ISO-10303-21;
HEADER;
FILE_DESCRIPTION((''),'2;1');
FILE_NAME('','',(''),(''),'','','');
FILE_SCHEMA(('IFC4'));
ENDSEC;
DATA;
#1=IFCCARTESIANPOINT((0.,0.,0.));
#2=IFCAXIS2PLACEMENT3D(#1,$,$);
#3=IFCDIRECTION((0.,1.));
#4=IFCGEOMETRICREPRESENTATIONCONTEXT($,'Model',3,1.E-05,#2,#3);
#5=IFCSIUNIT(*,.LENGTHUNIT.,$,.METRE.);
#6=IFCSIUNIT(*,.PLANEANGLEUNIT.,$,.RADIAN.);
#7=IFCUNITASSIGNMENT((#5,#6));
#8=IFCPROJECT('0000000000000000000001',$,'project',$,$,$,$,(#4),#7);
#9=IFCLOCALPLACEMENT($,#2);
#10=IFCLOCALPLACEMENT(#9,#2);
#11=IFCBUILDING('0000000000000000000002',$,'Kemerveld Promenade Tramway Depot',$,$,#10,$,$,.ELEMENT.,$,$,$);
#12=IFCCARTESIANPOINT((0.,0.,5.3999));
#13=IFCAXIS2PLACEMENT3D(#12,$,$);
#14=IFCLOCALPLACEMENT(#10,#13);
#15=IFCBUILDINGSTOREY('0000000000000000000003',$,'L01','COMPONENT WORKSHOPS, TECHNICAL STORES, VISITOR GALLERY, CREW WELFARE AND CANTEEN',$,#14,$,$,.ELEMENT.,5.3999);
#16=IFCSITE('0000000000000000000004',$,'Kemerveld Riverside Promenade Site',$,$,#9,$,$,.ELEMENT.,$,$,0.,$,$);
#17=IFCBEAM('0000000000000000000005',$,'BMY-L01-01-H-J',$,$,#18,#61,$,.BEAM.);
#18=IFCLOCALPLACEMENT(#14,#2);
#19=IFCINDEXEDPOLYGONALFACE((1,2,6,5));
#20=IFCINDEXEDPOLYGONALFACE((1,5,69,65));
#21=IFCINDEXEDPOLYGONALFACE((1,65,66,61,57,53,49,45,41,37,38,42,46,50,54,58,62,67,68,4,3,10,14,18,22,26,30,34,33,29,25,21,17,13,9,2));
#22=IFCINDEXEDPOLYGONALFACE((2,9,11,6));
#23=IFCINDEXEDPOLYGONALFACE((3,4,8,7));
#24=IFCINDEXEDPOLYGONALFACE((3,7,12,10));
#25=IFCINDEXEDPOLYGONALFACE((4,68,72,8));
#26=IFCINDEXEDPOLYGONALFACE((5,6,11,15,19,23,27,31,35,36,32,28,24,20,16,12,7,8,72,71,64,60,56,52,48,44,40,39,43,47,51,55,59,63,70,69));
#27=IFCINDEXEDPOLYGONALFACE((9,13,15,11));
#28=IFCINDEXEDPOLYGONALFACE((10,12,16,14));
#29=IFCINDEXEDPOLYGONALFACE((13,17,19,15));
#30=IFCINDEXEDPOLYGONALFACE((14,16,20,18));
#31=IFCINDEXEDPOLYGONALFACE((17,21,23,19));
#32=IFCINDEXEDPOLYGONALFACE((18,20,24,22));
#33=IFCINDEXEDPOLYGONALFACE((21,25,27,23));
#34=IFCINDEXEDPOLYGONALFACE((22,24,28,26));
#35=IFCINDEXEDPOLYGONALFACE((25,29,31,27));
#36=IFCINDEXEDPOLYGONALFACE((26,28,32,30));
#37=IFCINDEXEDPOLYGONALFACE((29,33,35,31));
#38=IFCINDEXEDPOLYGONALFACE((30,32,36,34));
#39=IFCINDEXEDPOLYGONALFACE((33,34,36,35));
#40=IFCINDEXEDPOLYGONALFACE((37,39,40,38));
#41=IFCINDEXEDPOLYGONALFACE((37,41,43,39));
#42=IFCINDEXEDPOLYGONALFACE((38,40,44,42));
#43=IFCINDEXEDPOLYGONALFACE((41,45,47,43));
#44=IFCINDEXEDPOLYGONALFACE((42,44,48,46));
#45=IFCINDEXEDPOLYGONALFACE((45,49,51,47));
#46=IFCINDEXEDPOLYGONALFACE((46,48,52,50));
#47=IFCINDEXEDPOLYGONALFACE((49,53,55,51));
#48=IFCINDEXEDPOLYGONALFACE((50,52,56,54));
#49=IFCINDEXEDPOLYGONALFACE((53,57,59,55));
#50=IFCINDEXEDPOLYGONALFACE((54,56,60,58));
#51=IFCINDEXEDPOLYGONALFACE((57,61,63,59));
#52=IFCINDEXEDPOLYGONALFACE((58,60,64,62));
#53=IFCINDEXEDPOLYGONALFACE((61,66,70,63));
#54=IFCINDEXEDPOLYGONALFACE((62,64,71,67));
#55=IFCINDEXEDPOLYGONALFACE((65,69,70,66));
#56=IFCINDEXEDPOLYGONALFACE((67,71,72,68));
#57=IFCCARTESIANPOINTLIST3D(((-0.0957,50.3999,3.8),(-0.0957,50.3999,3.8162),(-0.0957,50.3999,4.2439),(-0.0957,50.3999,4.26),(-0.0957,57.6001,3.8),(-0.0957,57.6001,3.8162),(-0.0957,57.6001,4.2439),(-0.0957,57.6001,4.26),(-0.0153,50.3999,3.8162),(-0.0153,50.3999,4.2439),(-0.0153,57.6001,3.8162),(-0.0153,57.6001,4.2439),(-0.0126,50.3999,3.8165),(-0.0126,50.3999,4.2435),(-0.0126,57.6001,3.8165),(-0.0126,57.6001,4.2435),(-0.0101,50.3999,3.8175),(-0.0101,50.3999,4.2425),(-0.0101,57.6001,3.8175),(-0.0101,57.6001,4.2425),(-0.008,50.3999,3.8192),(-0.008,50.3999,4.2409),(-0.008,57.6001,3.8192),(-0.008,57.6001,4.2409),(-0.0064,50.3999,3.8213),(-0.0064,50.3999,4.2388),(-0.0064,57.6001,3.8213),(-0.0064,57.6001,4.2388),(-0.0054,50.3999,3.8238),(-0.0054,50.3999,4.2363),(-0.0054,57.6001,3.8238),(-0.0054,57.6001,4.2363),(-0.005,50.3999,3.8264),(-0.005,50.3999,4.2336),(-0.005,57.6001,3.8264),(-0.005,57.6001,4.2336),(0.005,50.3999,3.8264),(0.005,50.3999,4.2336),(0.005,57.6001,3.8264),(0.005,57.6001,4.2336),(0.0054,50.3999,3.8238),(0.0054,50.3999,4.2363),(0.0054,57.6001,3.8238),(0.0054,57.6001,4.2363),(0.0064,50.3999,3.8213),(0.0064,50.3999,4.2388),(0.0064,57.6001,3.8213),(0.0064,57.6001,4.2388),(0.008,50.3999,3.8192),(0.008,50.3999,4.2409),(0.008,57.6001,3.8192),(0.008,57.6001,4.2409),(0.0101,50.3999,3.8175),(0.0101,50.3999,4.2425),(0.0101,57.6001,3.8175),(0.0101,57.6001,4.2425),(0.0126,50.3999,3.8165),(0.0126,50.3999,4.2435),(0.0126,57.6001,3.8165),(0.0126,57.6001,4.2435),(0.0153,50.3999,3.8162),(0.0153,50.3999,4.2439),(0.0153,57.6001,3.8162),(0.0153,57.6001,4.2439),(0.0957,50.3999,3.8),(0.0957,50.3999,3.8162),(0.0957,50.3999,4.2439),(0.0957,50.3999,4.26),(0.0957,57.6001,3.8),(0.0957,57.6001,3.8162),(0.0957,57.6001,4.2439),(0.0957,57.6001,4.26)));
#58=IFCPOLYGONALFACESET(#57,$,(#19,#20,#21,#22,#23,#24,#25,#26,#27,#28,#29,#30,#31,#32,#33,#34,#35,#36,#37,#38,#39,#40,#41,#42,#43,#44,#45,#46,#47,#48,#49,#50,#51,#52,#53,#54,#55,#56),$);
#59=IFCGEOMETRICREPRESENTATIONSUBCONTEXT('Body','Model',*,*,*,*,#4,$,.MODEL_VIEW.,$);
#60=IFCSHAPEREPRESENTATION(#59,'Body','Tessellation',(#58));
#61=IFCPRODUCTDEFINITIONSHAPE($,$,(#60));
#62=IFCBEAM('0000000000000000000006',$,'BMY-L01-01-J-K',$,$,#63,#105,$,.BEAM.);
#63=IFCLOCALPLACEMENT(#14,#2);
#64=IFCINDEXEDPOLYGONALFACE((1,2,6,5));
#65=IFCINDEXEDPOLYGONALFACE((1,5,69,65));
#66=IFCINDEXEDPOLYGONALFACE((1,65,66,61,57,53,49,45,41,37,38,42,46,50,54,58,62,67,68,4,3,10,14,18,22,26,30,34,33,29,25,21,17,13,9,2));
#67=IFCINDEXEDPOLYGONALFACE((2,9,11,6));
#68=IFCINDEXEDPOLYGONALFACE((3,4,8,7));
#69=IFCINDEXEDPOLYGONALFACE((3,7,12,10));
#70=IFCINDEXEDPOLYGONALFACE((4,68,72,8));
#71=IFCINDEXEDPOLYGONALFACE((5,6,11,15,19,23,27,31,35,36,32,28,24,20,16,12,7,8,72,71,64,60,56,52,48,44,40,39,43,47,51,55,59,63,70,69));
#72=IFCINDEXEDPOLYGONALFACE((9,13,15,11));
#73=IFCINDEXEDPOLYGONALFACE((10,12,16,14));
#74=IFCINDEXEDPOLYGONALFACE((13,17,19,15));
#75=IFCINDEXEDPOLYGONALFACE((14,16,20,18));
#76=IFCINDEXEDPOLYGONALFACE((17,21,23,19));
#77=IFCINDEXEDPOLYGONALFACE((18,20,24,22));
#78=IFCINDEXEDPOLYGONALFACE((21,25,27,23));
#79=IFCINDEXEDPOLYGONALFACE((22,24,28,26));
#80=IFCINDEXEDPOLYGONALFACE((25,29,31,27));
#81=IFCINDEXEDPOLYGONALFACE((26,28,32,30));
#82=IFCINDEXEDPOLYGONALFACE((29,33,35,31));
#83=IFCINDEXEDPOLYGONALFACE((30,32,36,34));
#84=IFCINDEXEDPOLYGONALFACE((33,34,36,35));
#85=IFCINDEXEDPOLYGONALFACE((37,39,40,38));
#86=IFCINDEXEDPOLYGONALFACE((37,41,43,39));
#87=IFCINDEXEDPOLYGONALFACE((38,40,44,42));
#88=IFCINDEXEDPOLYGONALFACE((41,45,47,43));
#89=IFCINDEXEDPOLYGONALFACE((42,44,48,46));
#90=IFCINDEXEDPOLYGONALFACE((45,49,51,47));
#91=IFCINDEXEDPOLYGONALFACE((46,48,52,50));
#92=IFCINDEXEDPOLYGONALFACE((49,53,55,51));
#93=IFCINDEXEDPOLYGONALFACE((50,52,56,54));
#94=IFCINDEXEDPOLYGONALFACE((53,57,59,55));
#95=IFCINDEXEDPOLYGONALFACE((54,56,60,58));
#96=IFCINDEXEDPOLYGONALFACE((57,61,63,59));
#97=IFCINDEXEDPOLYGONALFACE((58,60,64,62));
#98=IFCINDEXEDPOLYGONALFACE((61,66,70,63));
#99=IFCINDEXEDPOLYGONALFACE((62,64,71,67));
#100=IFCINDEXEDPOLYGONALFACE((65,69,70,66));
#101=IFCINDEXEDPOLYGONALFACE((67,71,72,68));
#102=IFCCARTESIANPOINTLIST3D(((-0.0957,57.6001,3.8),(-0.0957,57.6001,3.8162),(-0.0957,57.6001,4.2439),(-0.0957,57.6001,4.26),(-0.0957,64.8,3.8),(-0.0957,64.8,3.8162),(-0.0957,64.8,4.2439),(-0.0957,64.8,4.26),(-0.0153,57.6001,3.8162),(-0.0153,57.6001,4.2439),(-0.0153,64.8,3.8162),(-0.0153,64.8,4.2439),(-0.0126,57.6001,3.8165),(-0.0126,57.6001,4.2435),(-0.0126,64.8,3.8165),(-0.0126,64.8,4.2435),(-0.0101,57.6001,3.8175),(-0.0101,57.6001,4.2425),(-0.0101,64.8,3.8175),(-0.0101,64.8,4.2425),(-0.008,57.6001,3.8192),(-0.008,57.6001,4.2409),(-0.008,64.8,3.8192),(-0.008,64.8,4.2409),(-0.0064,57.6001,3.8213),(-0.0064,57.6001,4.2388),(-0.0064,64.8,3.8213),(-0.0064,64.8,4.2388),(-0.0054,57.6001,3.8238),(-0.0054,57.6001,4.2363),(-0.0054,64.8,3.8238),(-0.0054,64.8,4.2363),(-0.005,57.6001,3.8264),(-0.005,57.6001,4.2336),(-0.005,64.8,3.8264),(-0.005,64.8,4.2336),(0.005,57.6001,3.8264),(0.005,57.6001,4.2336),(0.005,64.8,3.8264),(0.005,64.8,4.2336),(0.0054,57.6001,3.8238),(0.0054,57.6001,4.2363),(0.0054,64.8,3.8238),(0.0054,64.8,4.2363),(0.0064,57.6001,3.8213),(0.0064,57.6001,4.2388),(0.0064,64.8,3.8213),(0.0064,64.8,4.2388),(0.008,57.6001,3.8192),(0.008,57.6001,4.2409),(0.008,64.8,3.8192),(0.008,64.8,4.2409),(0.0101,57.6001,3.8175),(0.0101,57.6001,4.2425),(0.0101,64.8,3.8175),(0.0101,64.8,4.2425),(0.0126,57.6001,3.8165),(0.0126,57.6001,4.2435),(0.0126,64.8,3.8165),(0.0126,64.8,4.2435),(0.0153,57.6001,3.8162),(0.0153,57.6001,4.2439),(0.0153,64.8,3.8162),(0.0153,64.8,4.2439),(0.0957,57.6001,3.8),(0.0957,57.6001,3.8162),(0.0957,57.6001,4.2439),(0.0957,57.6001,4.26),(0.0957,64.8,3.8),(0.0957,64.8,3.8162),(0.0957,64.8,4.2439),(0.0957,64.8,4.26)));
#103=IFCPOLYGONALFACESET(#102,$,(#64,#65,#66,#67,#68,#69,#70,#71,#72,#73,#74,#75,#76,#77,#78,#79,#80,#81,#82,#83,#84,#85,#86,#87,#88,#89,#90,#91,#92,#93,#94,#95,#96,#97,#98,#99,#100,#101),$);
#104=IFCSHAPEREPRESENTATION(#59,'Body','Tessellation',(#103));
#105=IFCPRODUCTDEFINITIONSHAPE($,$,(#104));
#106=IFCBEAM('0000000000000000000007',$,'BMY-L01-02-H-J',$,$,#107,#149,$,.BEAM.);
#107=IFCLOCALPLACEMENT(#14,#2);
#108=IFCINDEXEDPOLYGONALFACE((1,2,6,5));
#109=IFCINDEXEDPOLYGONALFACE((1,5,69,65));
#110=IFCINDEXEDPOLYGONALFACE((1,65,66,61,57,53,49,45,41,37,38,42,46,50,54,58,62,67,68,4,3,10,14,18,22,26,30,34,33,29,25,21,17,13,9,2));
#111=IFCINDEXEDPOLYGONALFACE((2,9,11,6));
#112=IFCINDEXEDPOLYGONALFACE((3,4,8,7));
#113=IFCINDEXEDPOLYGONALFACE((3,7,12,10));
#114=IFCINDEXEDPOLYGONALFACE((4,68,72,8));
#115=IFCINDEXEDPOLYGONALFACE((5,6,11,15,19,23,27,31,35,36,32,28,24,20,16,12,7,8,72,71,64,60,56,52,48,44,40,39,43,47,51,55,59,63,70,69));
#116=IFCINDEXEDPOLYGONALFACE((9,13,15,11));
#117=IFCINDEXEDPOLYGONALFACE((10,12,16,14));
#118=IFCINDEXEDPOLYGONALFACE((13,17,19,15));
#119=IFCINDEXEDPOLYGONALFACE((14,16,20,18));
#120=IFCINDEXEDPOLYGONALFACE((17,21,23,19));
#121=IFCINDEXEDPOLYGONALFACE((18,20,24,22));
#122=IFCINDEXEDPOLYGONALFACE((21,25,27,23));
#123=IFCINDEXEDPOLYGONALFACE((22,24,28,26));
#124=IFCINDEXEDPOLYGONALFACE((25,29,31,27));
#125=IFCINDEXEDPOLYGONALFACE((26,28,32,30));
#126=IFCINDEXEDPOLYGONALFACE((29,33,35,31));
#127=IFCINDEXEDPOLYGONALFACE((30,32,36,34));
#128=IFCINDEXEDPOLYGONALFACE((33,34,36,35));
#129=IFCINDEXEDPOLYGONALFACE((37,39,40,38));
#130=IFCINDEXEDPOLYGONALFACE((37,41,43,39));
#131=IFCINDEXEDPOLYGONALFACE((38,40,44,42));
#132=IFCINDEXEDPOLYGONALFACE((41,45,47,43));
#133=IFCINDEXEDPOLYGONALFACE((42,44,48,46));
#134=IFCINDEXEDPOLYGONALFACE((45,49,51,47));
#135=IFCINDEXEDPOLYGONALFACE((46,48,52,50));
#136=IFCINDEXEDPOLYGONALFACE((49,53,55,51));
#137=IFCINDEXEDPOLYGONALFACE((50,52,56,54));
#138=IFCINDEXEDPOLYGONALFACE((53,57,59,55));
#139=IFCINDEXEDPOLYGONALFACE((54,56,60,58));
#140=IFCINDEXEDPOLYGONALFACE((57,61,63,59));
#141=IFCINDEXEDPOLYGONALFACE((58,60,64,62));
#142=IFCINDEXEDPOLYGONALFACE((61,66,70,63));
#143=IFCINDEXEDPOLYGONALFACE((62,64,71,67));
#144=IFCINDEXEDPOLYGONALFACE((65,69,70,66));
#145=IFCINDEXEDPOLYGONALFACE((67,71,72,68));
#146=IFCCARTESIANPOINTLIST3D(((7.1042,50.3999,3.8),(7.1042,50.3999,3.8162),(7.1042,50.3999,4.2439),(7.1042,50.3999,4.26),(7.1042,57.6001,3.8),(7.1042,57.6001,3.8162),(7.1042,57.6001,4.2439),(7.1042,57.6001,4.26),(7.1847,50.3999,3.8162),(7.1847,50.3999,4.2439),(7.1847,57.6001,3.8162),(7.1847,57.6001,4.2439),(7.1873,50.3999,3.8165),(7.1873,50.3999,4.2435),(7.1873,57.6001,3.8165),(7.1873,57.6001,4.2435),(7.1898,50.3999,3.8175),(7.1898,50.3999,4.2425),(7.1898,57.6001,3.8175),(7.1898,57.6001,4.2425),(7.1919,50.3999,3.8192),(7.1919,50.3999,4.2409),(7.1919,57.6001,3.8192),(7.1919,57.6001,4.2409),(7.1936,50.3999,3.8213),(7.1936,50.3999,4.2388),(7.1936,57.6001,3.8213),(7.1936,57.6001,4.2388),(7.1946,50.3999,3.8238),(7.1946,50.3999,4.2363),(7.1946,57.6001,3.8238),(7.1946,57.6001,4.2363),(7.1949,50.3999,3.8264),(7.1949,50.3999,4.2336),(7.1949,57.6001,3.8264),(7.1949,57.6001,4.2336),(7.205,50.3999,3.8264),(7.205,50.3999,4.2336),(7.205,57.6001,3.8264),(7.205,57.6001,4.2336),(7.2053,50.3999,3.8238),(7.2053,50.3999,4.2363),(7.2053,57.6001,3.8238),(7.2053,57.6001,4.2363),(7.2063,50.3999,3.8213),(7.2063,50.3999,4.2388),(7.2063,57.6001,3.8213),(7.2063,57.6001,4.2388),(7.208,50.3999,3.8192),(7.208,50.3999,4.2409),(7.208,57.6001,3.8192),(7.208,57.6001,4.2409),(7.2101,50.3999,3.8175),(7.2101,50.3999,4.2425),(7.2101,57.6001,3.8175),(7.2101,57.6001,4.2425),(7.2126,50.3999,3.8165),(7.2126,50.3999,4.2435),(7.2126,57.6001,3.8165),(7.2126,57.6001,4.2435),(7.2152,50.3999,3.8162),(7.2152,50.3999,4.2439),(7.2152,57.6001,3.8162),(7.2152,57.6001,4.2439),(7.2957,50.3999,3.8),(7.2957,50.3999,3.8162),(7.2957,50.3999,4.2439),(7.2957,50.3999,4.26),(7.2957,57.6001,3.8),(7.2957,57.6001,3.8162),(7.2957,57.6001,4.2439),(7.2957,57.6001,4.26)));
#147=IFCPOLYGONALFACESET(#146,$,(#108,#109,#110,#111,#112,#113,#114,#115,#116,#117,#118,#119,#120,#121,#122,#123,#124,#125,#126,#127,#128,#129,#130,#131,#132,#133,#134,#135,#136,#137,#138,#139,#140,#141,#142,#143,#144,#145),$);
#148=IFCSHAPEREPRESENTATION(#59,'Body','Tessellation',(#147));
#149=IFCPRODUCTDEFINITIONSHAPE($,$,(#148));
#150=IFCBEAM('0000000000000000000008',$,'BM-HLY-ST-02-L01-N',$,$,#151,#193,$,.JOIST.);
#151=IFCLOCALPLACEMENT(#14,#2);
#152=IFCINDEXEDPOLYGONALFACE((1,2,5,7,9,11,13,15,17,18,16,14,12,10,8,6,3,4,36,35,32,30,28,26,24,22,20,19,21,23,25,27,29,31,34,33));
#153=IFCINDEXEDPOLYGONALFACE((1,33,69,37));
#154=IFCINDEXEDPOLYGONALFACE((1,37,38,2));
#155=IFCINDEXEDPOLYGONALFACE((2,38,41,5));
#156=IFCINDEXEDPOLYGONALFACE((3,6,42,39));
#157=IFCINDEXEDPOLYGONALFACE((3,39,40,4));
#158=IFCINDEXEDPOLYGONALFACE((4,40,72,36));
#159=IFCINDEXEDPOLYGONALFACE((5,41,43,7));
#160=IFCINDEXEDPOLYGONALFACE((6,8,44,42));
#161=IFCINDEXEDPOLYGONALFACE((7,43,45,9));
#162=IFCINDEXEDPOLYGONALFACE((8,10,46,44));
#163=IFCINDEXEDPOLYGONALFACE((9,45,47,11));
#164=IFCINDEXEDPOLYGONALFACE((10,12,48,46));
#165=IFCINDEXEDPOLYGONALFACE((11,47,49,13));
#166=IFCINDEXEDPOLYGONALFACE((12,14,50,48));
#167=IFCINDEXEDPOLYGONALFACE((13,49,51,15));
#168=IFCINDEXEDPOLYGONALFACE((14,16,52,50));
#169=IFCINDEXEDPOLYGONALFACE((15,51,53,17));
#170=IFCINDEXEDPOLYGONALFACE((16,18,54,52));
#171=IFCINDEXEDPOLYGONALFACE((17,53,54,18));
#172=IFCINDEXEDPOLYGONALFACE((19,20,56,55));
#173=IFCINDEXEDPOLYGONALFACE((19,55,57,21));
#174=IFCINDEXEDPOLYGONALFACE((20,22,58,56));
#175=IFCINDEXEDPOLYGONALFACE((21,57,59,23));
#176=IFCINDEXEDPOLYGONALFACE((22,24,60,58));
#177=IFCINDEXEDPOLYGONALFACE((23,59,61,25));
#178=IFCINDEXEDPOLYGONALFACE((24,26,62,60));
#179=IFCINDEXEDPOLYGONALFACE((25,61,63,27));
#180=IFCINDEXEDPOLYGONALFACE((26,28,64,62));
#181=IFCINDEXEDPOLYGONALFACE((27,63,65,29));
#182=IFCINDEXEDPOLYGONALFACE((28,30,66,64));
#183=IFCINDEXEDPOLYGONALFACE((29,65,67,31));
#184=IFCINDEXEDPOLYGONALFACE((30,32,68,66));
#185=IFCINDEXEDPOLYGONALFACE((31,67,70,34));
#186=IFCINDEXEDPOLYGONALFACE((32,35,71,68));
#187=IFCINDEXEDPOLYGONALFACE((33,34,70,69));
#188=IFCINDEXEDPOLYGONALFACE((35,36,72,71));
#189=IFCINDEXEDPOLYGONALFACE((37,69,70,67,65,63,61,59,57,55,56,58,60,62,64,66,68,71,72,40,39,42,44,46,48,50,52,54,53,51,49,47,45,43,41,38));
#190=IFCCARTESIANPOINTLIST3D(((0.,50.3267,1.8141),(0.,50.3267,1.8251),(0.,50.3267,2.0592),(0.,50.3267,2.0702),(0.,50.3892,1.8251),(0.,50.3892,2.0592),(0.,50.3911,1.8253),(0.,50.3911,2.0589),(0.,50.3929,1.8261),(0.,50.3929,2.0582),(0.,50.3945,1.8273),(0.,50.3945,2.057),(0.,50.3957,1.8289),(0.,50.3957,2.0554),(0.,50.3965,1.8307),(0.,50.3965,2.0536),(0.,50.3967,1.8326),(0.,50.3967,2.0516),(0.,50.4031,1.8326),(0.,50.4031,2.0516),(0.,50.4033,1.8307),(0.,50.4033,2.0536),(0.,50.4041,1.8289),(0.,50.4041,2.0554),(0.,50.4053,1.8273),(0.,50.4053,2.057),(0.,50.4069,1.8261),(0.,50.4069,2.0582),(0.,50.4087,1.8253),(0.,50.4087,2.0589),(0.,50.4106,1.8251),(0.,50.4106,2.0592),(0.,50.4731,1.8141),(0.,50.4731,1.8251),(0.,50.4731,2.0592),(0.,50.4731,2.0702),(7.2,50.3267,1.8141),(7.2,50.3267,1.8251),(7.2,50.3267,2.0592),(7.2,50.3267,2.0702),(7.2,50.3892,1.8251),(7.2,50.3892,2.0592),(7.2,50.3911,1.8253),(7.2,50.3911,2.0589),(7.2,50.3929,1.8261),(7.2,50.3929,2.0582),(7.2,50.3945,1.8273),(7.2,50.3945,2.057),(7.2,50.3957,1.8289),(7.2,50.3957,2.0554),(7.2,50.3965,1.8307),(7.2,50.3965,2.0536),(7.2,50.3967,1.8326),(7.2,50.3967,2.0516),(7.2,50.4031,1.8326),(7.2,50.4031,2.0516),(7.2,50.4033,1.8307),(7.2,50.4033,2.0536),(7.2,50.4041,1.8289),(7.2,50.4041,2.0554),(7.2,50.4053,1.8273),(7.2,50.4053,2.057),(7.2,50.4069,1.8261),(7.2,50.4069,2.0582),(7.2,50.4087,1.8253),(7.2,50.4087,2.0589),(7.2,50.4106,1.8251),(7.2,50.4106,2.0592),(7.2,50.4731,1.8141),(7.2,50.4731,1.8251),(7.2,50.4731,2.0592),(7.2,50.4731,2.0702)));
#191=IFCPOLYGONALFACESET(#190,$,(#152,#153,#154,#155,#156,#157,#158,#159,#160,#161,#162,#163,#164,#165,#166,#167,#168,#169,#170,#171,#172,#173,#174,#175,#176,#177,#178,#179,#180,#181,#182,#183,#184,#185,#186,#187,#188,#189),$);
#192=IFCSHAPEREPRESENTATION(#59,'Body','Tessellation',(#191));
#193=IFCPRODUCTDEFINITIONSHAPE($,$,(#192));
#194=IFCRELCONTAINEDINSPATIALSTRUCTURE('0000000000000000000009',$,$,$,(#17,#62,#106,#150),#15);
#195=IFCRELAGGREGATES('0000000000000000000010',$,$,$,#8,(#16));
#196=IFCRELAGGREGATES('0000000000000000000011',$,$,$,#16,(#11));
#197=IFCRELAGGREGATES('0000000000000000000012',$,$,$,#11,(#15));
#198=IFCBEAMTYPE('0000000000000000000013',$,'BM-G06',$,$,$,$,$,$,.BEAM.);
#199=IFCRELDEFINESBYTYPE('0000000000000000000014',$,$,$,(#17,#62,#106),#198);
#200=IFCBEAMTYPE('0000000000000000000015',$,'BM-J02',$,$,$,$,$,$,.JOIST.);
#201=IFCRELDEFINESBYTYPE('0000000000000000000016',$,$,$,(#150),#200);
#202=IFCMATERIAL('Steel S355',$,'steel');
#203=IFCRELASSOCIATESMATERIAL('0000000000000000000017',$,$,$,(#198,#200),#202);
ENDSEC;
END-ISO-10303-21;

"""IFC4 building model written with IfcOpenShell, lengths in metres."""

from ifc_helpers import new_model, si_unit, direction, frame, origin, origin_2d, place, context, subcontext, project, spatial, i_section, extrude, material, material_profile, profile_set, type_object, element, save


model = new_model("IFC4")

# Units and contexts
model_context = context("Model", 3, precision=1e-05, world=origin(), true_north=direction((0.0, 1.0)))
body_context = subcontext(model_context, "Body", "Model", "MODEL_VIEW")
ifc_project = project(units=[si_unit("LENGTHUNIT", "METRE"), si_unit("PLANEANGLEUNIT", "RADIAN")], contexts=[model_context])

# Site, building, storey
site_placement = place(None, origin())
site = spatial("IfcSite", under=ifc_project, at=site_placement, Name="Kemerveld Riverside Promenade Site", CompositionType="ELEMENT", RefElevation=0.0)
building_placement = place(site_placement, origin())
building = spatial("IfcBuilding", under=site, at=building_placement, Name="Kemerveld Promenade Tramway Depot", CompositionType="ELEMENT")
storey_placement = place(building_placement, frame((0.0, 0.0, 5.3999)))
storey = spatial("IfcBuildingStorey", under=building, at=storey_placement, Name="L01", Description="COMPONENT WORKSHOPS, TECHNICAL STORES, VISITOR GALLERY, CREW WELFARE AND CANTEEN", CompositionType="ELEMENT", Elevation=5.3999)

# Shared definitions
ifc_material_1 = material(Name="Steel S355", Category="steel")

# Beams
ifc_material_profile_1 = material_profile(ifc_material_1, i_section(OverallWidth=0.1914, OverallDepth=0.46, WebThickness=0.01, FlangeThickness=0.0161, FilletRadius=0.0103, at=origin_2d()), Name="457x191x82 UB")
ifc_profile_set_1 = profile_set([ifc_material_profile_1], Name="Steel S355")
beam_type_1 = type_object("IfcBeamType", Name="BM-G06", PredefinedType="BEAM", material=ifc_profile_set_1)
beam_1_placement = place(storey_placement, frame((0.0, 50.3999, 4.03), z_axis=(0.0, 1.0, 0.0), x_axis=(-1.0, 0.0, 0.0)))
element("IfcBeam", 1, at=beam_1_placement, inside=storey, type_object=beam_type_1, Name="BMY-L01-01-H-J", PredefinedType="BEAM", context=body_context, shape_type="SweptSolid", body=[
    extrude(i_section(OverallWidth=0.1914, OverallDepth=0.46, WebThickness=0.01, FlangeThickness=0.0161, FilletRadius=0.0103, at=origin_2d()), origin(), (0.0, 0.0, 1.0), 7.2002),
])
beam_2_placement = place(storey_placement, frame((0.0, 57.6001, 4.03), z_axis=(0.0, 1.0, 0.0), x_axis=(-1.0, 0.0, 0.0)))
element("IfcBeam", 2, at=beam_2_placement, inside=storey, type_object=beam_type_1, Name="BMY-L01-01-J-K", PredefinedType="BEAM", context=body_context, shape_type="SweptSolid", body=[
    extrude(i_section(OverallWidth=0.1914, OverallDepth=0.46, WebThickness=0.01, FlangeThickness=0.0161, FilletRadius=0.0103, at=origin_2d()), origin(), (0.0, 0.0, 1.0), 7.2),
])
beam_3_placement = place(storey_placement, frame((7.2, 50.3999, 4.03), z_axis=(0.0, 1.0, 0.0), x_axis=(-1.0, 0.0, 0.0)))
element("IfcBeam", 3, at=beam_3_placement, inside=storey, type_object=beam_type_1, Name="BMY-L01-02-H-J", PredefinedType="BEAM", context=body_context, shape_type="SweptSolid", body=[
    extrude(i_section(OverallWidth=0.1914, OverallDepth=0.46, WebThickness=0.01, FlangeThickness=0.0161, FilletRadius=0.0103, at=origin_2d()), origin(), (0.0, 0.0, 1.0), 7.2002),
])
ifc_material_profile_2 = material_profile(ifc_material_1, i_section(OverallWidth=0.1465, OverallDepth=0.2561, WebThickness=0.0063, FlangeThickness=0.011, FilletRadius=0.0076, at=origin_2d()), Name="254x146x37 UB")
ifc_profile_set_2 = profile_set([ifc_material_profile_2], Name="Steel S355")
beam_type_2 = type_object("IfcBeamType", Name="BM-J02", PredefinedType="JOIST", material=ifc_profile_set_2)
beam_4_placement = place(storey_placement, frame((0.0, 50.3999, 1.9421), z_axis=(1.0, 0.0, 0.0), x_axis=(0.0, 1.0, 0.0)))
element("IfcBeam", 4, at=beam_4_placement, inside=storey, type_object=beam_type_2, Name="BM-HLY-ST-02-L01-N", PredefinedType="JOIST", context=body_context, shape_type="SweptSolid", body=[
    extrude(i_section(OverallWidth=0.1465, OverallDepth=0.2561, WebThickness=0.0063, FlangeThickness=0.011, FilletRadius=0.0076, at=origin_2d()), origin(), (0.0, 0.0, 1.0), 7.2),
])

save(model, "model.ifc")
